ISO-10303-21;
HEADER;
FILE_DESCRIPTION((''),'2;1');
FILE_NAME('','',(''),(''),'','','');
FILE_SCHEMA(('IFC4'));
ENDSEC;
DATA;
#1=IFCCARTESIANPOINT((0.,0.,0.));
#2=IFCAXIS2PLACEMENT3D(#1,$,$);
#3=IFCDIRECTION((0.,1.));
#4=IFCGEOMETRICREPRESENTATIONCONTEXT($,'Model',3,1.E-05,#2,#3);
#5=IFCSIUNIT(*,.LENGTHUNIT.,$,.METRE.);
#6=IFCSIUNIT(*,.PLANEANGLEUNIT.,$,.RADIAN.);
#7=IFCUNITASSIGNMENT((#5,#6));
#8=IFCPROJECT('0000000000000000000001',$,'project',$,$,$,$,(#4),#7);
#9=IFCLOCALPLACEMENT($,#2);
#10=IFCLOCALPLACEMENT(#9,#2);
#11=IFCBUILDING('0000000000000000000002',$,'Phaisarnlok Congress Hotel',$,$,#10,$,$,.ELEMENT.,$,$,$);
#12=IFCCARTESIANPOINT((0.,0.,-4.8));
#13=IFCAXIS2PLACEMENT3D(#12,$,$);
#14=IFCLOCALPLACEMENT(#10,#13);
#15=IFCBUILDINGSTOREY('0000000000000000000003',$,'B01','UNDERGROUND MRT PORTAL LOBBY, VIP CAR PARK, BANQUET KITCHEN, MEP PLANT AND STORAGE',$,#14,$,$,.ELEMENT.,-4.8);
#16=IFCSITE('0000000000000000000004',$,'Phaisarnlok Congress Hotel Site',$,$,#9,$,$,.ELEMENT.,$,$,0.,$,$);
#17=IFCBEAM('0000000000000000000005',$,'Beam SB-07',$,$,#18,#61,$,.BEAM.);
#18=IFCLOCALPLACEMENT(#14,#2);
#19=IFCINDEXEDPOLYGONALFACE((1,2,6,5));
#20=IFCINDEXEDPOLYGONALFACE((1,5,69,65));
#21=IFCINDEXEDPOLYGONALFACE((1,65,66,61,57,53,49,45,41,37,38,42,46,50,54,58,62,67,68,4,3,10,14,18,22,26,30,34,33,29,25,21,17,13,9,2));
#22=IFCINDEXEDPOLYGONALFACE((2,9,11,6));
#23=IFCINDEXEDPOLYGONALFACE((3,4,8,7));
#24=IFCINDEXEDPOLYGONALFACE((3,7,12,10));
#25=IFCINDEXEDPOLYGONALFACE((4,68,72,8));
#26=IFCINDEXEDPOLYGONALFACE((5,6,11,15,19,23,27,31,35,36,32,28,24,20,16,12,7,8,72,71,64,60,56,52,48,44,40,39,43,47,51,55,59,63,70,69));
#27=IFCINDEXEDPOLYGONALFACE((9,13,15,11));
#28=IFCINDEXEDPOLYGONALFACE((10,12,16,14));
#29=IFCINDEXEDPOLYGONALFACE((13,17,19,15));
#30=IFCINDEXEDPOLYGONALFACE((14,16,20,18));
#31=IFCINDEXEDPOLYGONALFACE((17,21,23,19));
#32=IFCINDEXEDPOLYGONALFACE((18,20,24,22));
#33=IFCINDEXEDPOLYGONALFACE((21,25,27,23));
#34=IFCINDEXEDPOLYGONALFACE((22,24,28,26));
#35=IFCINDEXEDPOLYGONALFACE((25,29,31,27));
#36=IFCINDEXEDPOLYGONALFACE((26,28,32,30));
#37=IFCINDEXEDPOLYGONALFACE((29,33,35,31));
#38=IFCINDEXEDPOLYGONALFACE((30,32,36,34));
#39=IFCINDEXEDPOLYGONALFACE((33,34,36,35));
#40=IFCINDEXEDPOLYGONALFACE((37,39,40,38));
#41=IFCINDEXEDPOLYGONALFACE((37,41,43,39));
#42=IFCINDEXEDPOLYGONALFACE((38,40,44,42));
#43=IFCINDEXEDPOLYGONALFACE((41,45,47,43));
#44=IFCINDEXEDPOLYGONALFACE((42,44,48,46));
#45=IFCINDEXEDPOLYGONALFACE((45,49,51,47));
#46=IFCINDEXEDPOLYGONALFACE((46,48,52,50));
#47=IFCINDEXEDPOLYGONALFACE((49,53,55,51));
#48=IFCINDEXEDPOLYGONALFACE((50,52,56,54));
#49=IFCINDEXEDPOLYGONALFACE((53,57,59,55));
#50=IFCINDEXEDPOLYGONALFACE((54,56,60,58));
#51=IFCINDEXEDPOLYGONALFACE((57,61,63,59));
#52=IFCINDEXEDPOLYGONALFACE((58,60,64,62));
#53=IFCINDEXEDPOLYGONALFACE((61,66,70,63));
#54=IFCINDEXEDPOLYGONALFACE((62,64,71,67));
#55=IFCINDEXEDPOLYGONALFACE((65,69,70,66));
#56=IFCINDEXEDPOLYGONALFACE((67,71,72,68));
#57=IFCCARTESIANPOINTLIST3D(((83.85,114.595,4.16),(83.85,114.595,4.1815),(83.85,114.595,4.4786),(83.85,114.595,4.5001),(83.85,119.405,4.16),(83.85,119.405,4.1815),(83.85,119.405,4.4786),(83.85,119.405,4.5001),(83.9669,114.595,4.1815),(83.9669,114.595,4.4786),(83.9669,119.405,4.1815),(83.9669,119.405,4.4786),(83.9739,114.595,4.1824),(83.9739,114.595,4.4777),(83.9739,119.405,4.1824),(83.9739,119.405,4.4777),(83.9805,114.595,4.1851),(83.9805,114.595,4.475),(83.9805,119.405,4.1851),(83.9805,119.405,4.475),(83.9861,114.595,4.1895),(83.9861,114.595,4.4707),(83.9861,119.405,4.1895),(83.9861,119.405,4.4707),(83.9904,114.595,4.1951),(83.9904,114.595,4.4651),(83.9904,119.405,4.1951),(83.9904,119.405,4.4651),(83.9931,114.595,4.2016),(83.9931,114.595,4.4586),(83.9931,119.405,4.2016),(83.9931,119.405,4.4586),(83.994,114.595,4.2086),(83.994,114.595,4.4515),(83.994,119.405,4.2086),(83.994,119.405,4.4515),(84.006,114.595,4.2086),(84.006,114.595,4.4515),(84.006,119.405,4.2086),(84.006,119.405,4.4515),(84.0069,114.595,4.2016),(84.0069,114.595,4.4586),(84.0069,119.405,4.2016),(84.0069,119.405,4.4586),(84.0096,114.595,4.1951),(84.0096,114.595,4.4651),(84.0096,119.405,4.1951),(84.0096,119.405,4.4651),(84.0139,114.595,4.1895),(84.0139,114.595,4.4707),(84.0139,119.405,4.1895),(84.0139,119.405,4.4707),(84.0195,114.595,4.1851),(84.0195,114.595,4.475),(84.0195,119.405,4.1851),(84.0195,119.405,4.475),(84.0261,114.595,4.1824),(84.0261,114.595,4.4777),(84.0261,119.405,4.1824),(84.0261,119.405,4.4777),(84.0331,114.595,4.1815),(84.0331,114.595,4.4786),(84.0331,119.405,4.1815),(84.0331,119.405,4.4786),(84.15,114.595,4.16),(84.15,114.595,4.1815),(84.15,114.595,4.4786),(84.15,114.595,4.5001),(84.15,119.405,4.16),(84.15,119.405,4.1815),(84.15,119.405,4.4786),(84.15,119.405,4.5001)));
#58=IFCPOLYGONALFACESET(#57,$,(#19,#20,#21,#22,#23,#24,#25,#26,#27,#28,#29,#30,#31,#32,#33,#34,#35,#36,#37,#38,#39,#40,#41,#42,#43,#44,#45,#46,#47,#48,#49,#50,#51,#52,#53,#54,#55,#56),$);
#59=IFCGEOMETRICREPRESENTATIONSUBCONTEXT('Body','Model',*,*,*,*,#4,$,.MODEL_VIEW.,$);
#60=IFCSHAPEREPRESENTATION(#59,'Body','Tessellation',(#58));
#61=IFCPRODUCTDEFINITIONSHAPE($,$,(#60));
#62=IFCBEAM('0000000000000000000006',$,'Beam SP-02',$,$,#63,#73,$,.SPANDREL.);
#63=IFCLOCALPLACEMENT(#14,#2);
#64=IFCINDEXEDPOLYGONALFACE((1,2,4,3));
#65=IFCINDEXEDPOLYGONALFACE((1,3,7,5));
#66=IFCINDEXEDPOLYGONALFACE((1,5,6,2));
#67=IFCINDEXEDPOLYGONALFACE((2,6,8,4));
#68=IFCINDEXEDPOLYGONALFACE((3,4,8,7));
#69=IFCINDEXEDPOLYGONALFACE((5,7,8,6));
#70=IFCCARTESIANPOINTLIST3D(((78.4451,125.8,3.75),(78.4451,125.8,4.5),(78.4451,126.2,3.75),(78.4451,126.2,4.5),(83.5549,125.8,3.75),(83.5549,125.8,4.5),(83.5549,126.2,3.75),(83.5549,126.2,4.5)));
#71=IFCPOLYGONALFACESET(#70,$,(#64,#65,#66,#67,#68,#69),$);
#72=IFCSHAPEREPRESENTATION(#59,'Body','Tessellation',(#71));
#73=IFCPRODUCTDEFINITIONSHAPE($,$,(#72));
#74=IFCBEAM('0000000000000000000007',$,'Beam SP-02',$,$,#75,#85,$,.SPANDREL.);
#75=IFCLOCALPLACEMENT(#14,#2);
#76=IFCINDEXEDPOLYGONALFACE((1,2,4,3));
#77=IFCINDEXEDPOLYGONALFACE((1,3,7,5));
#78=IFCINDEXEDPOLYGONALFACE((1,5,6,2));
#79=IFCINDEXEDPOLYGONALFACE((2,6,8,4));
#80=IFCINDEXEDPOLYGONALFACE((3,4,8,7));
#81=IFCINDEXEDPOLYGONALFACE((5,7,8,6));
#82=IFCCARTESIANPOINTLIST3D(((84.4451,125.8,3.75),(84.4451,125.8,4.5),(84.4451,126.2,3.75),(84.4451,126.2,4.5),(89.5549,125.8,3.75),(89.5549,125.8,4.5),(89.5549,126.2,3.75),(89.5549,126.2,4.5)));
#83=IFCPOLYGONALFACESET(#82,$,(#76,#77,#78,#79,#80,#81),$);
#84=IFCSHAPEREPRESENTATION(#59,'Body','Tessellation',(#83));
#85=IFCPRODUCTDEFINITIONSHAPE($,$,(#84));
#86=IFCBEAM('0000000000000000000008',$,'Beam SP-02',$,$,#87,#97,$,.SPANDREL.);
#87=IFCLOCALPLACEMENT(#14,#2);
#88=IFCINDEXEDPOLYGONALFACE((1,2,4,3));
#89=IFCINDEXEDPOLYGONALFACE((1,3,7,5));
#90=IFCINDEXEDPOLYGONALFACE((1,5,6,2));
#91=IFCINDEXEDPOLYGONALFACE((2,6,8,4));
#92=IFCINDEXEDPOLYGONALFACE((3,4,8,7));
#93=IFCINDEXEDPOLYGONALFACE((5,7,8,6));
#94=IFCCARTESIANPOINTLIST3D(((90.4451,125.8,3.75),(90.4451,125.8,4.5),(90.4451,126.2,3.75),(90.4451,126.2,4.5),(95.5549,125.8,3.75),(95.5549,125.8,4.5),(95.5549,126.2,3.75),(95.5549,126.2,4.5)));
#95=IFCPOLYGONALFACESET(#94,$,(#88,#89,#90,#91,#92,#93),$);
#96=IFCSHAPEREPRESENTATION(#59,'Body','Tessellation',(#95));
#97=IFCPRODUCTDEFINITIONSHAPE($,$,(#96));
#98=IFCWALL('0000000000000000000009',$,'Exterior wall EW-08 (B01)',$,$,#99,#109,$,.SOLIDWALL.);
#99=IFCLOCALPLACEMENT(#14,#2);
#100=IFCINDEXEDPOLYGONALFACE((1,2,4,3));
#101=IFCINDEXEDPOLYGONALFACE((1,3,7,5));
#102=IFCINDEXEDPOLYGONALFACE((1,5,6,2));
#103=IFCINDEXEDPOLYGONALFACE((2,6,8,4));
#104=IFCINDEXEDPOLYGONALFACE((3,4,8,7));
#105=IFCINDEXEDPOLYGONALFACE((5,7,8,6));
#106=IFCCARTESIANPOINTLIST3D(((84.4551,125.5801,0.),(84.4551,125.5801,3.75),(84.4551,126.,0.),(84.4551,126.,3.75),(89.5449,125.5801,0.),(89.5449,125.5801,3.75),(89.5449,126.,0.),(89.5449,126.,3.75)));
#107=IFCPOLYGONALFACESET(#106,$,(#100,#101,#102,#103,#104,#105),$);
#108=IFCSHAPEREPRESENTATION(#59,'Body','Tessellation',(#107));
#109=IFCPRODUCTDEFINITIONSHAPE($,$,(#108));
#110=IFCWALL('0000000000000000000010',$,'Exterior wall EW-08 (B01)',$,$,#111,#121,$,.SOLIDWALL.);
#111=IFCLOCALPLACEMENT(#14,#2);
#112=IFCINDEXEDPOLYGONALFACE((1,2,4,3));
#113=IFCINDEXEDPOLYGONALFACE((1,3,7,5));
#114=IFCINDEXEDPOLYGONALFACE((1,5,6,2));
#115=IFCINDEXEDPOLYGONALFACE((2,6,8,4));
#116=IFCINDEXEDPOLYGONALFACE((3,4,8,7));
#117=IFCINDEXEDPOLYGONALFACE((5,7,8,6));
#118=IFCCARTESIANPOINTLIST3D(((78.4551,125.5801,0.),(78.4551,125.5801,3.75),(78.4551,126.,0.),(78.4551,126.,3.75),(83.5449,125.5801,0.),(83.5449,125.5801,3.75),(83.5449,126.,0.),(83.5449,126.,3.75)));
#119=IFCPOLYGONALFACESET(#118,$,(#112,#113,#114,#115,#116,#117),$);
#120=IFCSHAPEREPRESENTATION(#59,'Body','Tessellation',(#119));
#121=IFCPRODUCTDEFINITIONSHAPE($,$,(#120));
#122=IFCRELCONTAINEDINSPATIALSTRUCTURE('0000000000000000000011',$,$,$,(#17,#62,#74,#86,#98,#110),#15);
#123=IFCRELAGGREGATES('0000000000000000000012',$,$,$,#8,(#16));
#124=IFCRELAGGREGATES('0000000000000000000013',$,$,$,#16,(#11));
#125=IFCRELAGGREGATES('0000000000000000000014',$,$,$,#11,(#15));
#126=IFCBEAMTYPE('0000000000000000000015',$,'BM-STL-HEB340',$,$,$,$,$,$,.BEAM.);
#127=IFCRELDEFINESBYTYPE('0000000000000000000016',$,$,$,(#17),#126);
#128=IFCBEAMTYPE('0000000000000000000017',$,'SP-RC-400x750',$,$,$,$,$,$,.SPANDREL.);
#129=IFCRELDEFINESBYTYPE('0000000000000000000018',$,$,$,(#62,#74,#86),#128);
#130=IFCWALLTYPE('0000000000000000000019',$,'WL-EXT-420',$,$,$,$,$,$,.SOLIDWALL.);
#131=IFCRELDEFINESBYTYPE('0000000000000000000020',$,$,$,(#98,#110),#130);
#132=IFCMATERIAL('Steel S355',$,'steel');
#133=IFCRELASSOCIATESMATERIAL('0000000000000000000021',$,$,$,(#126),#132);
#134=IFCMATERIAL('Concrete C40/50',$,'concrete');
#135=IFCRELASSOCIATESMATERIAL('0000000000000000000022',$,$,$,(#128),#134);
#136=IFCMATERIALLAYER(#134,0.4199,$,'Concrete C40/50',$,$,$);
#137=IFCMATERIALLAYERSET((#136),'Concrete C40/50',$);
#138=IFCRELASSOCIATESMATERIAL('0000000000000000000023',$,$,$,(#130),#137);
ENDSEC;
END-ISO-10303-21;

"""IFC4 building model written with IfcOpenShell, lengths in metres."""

from ifc_helpers import new_model, si_unit, direction, frame, frame_2d, origin, origin_2d, place, context, subcontext, project, spatial, rectangle, i_section, extrude, material, layer, layer_set, material_profile, profile_set, type_object, element, save


model = new_model("IFC4")

# Units and contexts
model_context = context("Model", 3, precision=1e-05, world=origin(), true_north=direction((0.0, 1.0)))
body_context = subcontext(model_context, "Body", "Model", "MODEL_VIEW")
ifc_project = project(units=[si_unit("LENGTHUNIT", "METRE"), si_unit("PLANEANGLEUNIT", "RADIAN")], contexts=[model_context])

# Site, building, storey
site_placement = place(None, origin())
site = spatial("IfcSite", under=ifc_project, at=site_placement, Name="Phaisarnlok Congress Hotel Site", CompositionType="ELEMENT", RefElevation=0.0)
building_placement = place(site_placement, origin())
building = spatial("IfcBuilding", under=site, at=building_placement, Name="Phaisarnlok Congress Hotel", CompositionType="ELEMENT")
storey_placement = place(building_placement, frame((0.0, 0.0, -4.8)))
storey = spatial("IfcBuildingStorey", under=building, at=storey_placement, Name="B01", Description="UNDERGROUND MRT PORTAL LOBBY, VIP CAR PARK, BANQUET KITCHEN, MEP PLANT AND STORAGE", CompositionType="ELEMENT", Elevation=-4.8)

# Shared definitions
ifc_material_1 = material(Name="Concrete C40/50", Category="concrete")

# Beams
ifc_material_2 = material(Name="Steel S355", Category="steel")
ifc_material_profile_1 = material_profile(ifc_material_2, i_section(OverallWidth=0.3, OverallDepth=0.3401, WebThickness=0.012, FlangeThickness=0.0215, FilletRadius=0.0271, at=origin_2d()), Name="HEB 340")
ifc_profile_set_1 = profile_set([ifc_material_profile_1], Name="Steel S355")
beam_type_1 = type_object("IfcBeamType", Name="BM-STL-HEB340", PredefinedType="BEAM", material=ifc_profile_set_1)
beam_1_placement = place(storey_placement, frame((84.0, 114.595, 4.3301), z_axis=(0.0, 1.0, 0.0), x_axis=(-1.0, 0.0, 0.0)))
element("IfcBeam", 1, at=beam_1_placement, inside=storey, type_object=beam_type_1, Name="Beam SB-07", PredefinedType="BEAM", context=body_context, shape_type="SweptSolid", body=[
    extrude(i_section(OverallWidth=0.3, OverallDepth=0.3401, WebThickness=0.012, FlangeThickness=0.0215, FilletRadius=0.0271, at=origin_2d()), origin(), (0.0, 0.0, 1.0), 4.8101),
])
ifc_material_profile_2 = material_profile(ifc_material_1, rectangle(XDim=0.3999, YDim=0.75, at=origin_2d()), Name="RC 400x750")
ifc_profile_set_2 = profile_set([ifc_material_profile_2], Name="Concrete C40/50")
beam_type_2 = type_object("IfcBeamType", Name="SP-RC-400x750", PredefinedType="SPANDREL", material=ifc_profile_set_2)
for number, where, z_axis, x_axis, name in (
    (2, (78.4451, 126.0, 4.125), (1.0, 0.0, 0.0), (0.0, 1.0, 0.0), "Beam SP-02"),
    (3, (84.4451, 126.0, 4.125), (1.0, 0.0, 0.0), (0.0, 1.0, 0.0), "Beam SP-02"),
    (4, (90.4451, 126.0, 4.125), (1.0, 0.0, 0.0), (0.0, 1.0, 0.0), "Beam SP-02"),
):
    element("IfcBeam", number, at=place(storey_placement, frame(where, z_axis=z_axis, x_axis=x_axis)), inside=storey, type_object=beam_type_2, Name=name, PredefinedType="SPANDREL", context=body_context, shape_type="SweptSolid", body=[
        extrude(rectangle(XDim=0.3999, YDim=0.75, at=origin_2d()), origin(), (0.0, 0.0, 1.0), 5.1099),
    ])

# Walls
ifc_layer = layer(ifc_material_1, 0.4199, Name="Concrete C40/50")
ifc_layer_set = layer_set([ifc_layer], Name="Concrete C40/50")
wall_type = type_object("IfcWallType", Name="WL-EXT-420", PredefinedType="SOLIDWALL", material=ifc_layer_set)
for number, where, z_axis, x_axis, name in (
    (5, (89.5449, 125.79, 0.0), (0.0, 0.0, 1.0), (-1.0, 0.0, 0.0), "Exterior wall EW-08 (B01)"),
    (6, (83.5449, 125.79, 0.0), (0.0, 0.0, 1.0), (-1.0, 0.0, 0.0), "Exterior wall EW-08 (B01)"),
):
    element("IfcWall", number, at=place(storey_placement, frame(where, z_axis=z_axis, x_axis=x_axis)), inside=storey, type_object=wall_type, Name=name, PredefinedType="SOLIDWALL", context=body_context, shape_type="SweptSolid", body=[
        extrude(rectangle(XDim=5.0898, YDim=0.4199, at=frame_2d((2.5449, 0.0))), origin(), (0.0, 0.0, 1.0), 3.75),
    ])

save(model, "model.ifc")
